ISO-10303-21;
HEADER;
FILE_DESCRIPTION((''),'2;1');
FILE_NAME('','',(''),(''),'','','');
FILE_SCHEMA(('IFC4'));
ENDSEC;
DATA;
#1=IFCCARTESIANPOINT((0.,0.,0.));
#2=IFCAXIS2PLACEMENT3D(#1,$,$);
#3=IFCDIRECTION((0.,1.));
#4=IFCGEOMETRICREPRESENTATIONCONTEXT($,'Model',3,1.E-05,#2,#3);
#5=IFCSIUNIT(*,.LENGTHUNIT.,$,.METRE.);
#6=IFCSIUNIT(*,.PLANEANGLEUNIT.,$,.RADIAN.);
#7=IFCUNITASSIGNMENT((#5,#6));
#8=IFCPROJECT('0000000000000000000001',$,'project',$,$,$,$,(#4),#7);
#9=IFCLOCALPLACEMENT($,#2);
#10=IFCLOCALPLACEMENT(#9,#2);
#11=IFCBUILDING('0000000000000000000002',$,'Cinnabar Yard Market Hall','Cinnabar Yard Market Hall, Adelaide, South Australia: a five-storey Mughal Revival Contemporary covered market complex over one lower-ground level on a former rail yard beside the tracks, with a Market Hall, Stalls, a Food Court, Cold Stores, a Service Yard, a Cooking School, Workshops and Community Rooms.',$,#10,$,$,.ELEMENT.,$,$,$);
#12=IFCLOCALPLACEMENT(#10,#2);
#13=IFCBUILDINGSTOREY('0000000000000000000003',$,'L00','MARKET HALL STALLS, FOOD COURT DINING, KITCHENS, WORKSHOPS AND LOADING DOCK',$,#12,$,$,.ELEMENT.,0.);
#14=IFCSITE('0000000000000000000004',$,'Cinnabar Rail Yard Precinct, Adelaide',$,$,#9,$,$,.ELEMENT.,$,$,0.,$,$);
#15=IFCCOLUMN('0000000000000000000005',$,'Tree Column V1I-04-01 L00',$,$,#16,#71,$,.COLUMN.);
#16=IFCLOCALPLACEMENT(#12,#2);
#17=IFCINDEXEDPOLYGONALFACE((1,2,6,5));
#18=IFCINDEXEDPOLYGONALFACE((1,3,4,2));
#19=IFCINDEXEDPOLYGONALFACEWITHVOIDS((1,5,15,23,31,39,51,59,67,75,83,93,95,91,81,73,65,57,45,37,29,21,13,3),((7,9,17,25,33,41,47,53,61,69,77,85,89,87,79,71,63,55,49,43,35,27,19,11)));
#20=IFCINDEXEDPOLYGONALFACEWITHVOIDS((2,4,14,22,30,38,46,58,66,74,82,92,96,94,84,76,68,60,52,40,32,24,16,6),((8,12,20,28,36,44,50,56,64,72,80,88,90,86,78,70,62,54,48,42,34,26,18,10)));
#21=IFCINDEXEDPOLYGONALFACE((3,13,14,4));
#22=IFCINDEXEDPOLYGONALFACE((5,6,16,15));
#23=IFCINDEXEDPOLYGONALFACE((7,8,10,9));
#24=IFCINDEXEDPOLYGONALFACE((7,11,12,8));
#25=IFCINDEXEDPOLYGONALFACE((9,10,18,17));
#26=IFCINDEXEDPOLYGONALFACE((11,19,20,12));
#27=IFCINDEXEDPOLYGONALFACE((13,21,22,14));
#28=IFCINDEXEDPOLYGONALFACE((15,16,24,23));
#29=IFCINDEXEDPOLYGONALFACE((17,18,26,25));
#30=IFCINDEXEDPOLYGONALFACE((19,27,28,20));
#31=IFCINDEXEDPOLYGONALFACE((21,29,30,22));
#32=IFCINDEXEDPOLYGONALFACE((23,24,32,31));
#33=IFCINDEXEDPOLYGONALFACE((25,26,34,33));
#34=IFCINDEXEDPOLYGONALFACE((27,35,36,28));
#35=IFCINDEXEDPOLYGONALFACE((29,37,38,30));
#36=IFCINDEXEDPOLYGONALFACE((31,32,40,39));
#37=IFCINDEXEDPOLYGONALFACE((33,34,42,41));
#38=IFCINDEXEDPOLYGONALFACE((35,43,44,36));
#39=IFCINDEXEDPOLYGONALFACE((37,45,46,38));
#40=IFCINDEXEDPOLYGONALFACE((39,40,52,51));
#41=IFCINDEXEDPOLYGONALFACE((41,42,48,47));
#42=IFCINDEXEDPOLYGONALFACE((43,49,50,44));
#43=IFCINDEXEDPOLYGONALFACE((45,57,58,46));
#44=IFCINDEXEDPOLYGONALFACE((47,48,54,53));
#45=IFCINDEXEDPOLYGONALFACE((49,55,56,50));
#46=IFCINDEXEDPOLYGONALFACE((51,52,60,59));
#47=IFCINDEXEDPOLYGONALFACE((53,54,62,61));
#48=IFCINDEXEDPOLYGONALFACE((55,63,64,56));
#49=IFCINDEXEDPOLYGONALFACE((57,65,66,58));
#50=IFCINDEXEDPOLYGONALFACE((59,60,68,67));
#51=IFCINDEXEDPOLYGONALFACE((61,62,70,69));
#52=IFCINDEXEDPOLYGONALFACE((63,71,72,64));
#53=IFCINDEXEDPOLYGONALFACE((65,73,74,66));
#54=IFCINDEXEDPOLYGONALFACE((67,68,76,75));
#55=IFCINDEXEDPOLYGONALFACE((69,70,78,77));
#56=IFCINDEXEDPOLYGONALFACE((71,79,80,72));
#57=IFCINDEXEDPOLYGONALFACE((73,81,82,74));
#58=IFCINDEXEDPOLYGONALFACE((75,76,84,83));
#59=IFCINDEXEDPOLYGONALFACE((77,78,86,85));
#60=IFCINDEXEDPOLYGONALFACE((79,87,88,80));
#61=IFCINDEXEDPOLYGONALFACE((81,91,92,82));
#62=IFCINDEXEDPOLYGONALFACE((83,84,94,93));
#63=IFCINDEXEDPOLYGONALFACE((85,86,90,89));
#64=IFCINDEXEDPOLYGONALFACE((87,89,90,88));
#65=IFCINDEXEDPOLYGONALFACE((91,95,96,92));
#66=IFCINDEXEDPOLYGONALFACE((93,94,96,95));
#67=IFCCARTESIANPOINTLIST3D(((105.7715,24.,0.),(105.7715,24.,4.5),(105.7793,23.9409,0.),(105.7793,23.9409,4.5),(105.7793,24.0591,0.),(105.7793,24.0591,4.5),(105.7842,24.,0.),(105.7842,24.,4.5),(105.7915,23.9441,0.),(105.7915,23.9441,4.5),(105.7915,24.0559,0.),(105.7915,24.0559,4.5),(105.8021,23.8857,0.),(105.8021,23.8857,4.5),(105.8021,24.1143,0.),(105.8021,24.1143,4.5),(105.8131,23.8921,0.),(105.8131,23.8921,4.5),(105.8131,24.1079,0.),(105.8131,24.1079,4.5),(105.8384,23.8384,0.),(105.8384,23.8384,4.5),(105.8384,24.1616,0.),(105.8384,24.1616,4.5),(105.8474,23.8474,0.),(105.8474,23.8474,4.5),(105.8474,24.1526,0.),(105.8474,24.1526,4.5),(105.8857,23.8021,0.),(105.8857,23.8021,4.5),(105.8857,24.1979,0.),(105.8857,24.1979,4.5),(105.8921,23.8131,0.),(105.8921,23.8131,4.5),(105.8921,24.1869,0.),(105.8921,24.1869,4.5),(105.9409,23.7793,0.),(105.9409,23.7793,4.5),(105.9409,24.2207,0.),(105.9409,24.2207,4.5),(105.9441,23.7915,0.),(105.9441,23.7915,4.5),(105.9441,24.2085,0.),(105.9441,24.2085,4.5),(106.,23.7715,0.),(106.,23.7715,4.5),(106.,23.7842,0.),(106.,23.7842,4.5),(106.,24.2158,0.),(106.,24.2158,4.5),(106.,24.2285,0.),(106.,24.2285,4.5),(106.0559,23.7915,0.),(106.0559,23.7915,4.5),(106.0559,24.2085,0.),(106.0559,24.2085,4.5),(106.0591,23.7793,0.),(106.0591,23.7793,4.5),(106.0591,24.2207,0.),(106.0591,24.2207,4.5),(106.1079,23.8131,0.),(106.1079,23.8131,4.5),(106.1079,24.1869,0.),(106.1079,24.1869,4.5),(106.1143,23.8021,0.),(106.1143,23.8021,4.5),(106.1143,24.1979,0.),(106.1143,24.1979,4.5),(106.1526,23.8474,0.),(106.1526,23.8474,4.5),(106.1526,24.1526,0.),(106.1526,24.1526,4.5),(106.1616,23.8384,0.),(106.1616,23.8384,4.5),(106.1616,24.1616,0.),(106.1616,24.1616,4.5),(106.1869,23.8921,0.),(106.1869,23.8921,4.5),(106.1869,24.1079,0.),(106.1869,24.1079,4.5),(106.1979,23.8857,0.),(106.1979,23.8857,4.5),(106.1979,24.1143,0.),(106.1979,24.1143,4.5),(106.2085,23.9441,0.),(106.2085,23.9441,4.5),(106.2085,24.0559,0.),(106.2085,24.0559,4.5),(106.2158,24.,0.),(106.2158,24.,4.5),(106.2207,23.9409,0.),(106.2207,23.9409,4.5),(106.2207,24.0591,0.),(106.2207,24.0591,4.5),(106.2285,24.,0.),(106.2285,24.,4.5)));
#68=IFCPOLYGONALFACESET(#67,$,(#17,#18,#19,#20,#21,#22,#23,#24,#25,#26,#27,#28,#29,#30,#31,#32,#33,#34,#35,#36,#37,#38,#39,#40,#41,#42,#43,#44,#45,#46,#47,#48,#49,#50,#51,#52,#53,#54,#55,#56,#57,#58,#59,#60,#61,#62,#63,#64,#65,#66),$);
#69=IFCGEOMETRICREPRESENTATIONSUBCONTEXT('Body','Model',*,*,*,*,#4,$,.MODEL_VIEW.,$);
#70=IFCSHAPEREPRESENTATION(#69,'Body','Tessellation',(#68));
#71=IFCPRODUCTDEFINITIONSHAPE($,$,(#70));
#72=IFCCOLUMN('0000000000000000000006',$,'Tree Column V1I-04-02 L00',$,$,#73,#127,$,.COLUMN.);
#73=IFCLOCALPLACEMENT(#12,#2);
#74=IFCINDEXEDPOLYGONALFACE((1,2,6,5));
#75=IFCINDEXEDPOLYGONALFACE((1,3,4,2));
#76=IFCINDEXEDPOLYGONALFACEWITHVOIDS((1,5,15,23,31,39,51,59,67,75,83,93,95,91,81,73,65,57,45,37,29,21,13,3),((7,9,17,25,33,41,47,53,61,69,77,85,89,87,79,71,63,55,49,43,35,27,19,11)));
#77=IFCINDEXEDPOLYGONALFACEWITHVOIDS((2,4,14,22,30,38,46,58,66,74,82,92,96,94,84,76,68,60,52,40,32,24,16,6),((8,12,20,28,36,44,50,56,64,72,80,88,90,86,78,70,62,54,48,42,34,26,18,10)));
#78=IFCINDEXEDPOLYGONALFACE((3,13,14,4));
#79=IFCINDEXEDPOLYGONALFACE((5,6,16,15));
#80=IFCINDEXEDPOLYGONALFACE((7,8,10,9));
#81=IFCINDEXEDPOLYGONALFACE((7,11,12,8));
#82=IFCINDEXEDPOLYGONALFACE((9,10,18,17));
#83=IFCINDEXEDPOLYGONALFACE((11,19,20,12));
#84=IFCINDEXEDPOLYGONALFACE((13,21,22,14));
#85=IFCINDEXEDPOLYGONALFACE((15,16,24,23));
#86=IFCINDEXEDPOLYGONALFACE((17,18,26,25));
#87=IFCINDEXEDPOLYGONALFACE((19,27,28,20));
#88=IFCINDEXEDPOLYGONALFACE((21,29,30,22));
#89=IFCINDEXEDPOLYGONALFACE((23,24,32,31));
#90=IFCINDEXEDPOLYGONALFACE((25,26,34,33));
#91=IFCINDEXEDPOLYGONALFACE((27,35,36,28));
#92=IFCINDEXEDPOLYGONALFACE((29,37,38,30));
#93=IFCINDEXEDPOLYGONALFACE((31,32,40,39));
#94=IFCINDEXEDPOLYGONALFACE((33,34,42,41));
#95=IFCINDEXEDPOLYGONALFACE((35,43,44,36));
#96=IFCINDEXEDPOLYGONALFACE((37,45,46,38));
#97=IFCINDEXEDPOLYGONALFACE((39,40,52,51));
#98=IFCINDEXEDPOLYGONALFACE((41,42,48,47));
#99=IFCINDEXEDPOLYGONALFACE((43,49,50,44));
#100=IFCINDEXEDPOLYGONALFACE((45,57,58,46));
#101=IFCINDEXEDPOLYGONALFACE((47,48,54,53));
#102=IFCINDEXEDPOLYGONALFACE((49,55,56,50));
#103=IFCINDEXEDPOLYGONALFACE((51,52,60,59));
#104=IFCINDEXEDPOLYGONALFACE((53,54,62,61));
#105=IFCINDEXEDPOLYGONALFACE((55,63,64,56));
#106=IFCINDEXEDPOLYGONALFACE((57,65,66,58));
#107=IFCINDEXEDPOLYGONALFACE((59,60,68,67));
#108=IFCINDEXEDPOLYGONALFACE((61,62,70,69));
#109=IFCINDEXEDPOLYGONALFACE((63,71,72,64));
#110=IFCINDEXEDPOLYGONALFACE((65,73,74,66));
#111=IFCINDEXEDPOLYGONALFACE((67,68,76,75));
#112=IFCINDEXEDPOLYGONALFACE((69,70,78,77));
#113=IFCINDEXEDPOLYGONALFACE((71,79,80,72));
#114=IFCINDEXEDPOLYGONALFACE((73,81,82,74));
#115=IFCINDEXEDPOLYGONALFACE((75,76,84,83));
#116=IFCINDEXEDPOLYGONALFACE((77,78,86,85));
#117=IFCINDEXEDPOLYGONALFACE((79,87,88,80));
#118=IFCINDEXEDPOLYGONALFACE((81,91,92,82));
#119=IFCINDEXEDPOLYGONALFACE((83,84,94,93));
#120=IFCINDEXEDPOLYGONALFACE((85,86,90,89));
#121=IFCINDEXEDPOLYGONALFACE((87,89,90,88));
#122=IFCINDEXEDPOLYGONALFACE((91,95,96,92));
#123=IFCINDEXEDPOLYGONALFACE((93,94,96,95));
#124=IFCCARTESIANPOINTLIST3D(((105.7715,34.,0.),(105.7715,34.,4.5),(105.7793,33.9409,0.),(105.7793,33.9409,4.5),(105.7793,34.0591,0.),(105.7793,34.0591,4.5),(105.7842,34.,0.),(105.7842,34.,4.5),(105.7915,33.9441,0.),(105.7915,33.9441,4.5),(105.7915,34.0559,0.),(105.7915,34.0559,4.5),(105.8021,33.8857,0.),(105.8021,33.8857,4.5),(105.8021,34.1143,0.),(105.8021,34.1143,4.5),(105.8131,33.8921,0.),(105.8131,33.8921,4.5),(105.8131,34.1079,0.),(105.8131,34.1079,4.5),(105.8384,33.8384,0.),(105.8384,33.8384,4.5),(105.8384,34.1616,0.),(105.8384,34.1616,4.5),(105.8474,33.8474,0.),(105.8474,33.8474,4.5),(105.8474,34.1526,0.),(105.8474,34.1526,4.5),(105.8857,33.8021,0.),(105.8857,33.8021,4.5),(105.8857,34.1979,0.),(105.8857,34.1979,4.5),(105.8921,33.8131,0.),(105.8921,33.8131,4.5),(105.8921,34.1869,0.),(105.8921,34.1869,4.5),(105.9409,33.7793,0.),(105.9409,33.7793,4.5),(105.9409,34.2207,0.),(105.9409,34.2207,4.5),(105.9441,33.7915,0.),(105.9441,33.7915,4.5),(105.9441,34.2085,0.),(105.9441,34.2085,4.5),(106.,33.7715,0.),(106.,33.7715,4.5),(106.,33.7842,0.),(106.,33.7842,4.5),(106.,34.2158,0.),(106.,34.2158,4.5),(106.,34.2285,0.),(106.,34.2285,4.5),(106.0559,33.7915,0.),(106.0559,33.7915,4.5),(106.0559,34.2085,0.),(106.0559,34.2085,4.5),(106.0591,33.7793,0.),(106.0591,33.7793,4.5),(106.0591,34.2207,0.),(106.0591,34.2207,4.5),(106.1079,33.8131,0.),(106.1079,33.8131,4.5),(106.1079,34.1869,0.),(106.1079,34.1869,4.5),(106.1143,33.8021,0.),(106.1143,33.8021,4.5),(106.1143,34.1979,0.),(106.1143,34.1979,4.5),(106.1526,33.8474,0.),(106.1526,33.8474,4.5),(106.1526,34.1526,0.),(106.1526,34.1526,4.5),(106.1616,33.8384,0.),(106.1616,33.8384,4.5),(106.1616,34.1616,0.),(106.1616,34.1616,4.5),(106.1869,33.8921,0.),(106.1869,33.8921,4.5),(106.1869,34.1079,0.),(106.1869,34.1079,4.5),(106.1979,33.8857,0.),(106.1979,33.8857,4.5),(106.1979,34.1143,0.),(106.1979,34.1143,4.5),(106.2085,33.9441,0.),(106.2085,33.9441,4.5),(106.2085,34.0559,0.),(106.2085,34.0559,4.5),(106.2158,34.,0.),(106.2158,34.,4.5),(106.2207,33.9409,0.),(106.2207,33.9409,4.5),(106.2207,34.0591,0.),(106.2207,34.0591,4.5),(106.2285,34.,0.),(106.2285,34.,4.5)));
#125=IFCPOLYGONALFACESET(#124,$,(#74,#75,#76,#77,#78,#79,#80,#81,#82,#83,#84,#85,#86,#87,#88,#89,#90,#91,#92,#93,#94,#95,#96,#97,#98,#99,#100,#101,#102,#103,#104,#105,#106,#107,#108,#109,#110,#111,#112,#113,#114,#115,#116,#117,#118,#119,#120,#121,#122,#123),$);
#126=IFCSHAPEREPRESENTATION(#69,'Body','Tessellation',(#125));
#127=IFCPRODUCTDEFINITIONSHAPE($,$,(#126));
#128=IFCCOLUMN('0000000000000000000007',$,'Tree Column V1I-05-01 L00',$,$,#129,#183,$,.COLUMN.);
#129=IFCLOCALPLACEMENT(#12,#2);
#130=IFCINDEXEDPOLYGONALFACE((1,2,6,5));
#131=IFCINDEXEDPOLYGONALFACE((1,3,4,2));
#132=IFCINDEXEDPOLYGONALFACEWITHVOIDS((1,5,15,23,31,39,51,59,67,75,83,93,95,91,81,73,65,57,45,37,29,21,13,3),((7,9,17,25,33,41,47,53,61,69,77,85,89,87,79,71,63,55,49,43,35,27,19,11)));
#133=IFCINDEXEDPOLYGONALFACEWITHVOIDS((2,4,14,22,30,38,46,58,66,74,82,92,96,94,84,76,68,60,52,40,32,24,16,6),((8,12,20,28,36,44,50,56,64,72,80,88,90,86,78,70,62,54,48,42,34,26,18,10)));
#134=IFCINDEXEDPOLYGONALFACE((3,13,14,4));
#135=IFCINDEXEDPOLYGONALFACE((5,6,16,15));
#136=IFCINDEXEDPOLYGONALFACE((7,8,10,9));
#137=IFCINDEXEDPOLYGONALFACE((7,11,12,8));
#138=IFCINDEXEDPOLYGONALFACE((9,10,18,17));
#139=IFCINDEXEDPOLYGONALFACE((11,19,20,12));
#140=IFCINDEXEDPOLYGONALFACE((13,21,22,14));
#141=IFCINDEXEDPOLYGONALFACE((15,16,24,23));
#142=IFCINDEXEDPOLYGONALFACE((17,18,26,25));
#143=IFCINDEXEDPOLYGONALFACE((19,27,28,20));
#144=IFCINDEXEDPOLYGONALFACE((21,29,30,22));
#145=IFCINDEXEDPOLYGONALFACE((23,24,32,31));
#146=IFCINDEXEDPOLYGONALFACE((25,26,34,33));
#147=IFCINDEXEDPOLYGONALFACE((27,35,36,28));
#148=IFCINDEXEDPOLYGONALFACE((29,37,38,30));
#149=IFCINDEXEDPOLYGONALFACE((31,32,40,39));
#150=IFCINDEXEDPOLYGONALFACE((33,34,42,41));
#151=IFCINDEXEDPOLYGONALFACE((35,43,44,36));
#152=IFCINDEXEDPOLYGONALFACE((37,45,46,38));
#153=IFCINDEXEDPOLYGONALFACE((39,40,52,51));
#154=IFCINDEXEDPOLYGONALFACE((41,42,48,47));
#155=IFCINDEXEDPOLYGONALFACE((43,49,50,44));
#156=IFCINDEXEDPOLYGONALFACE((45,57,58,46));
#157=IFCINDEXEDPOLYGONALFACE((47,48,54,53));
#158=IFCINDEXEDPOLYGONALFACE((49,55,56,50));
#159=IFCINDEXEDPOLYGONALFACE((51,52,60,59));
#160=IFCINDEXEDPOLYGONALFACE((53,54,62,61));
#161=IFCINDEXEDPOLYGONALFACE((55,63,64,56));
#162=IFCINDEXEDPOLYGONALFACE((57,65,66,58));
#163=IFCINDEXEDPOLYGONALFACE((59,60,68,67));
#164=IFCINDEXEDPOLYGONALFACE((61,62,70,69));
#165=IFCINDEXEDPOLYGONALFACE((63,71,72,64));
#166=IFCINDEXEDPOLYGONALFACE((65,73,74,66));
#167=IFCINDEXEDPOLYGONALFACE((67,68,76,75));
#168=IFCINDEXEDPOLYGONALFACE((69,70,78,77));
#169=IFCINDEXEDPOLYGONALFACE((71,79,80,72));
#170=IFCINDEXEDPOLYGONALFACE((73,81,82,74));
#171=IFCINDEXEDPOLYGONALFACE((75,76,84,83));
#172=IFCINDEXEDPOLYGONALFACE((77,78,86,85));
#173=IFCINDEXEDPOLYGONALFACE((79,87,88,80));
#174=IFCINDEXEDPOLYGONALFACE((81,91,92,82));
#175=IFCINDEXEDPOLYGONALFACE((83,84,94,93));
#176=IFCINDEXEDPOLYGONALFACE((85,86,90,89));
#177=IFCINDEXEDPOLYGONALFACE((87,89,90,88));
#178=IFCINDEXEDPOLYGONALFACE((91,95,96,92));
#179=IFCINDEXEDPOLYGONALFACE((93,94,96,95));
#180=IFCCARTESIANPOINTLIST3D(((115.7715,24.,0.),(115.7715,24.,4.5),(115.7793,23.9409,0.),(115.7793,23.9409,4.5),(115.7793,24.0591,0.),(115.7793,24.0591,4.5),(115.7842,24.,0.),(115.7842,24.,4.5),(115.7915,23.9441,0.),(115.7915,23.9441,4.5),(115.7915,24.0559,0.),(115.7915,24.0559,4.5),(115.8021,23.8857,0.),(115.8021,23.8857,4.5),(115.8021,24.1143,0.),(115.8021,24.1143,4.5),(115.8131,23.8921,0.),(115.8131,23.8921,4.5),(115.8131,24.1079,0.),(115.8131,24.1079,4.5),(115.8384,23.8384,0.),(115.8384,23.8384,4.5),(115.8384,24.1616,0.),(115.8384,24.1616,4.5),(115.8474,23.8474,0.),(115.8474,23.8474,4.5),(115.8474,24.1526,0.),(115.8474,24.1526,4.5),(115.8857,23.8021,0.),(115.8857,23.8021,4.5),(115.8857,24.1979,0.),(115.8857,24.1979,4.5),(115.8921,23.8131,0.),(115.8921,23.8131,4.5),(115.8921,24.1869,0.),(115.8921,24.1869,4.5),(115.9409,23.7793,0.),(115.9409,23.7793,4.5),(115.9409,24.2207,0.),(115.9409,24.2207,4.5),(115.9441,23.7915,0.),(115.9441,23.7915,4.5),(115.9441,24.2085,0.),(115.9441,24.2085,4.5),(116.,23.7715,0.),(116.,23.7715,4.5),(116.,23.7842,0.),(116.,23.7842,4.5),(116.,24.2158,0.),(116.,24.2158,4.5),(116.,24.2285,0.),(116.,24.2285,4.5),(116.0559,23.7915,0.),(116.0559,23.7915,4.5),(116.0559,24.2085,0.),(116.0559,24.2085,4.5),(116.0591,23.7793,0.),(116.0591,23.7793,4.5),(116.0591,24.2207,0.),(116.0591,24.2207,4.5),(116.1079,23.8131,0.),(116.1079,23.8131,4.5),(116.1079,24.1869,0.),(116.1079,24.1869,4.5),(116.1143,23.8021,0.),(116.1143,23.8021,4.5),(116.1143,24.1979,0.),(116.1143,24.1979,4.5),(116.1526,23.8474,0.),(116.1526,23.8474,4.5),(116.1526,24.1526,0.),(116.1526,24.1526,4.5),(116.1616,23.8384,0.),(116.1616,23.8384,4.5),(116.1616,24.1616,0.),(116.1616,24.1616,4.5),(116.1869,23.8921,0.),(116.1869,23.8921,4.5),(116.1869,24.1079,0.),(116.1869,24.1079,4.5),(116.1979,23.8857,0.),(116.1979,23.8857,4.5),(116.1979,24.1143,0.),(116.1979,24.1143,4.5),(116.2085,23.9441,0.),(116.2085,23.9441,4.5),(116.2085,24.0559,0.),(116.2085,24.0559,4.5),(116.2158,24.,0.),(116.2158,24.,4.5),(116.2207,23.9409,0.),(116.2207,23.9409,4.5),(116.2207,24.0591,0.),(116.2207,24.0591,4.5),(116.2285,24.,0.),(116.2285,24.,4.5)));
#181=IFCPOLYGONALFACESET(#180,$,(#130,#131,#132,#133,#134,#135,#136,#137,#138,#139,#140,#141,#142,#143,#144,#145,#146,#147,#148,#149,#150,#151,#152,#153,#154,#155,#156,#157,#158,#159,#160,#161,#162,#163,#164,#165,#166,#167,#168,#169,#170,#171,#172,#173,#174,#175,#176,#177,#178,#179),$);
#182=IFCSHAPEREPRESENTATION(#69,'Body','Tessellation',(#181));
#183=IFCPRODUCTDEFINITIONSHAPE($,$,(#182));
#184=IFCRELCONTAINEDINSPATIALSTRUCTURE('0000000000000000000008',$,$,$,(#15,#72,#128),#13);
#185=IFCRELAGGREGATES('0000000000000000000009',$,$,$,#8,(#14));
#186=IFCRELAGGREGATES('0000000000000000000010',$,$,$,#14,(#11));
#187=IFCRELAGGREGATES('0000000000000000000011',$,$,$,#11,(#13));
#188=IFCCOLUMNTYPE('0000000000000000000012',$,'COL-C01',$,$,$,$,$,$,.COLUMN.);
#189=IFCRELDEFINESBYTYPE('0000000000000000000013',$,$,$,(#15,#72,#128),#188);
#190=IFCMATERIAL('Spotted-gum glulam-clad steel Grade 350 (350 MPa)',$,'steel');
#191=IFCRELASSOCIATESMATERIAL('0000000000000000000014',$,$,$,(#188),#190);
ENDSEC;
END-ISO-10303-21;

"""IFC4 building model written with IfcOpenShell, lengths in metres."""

from ifc_helpers import new_model, si_unit, direction, frame, origin, origin_2d_with_axis, place, context, subcontext, project, spatial, hollow_circle, extrude, material, material_profile, profile_set, type_object, element, save


model = new_model("IFC4")

# Units and contexts
model_context = context("Model", 3, precision=1e-05, world=origin(), true_north=direction((0.0, 1.0)))
body_context = subcontext(model_context, "Body", "Model", "MODEL_VIEW")
ifc_project = project(units=[si_unit("LENGTHUNIT", "METRE"), si_unit("PLANEANGLEUNIT", "RADIAN")], contexts=[model_context])

# Site, building, storey
site_placement = place(None, origin())
site = spatial("IfcSite", under=ifc_project, at=site_placement, Name="Cinnabar Rail Yard Precinct, Adelaide", CompositionType="ELEMENT", RefElevation=0.0)
building_placement = place(site_placement, origin())
building = spatial("IfcBuilding", under=site, at=building_placement, Name="Cinnabar Yard Market Hall", Description="Cinnabar Yard Market Hall, Adelaide, South Australia: a five-storey Mughal Revival Contemporary covered market complex over one lower-ground level on a former rail yard beside the tracks, with a Market Hall, Stalls, a Food Court, Cold Stores, a Service Yard, a Cooking School, Workshops and Community Rooms.", CompositionType="ELEMENT")
storey_placement = place(building_placement, origin())
storey = spatial("IfcBuildingStorey", under=building, at=storey_placement, Name="L00", Description="MARKET HALL STALLS, FOOD COURT DINING, KITCHENS, WORKSHOPS AND LOADING DOCK", CompositionType="ELEMENT", Elevation=0.0)

# Columns
ifc_material_1 = material(Name="Spotted-gum glulam-clad steel Grade 350 (350 MPa)", Category="steel")
ifc_material_profile_1 = material_profile(ifc_material_1, hollow_circle(Radius=0.2285, WallThickness=0.0127, at=origin_2d_with_axis()), Name="457.0x12.7CHS")
ifc_profile_set_1 = profile_set([ifc_material_profile_1], Name="Spotted-gum glulam-clad steel Grade 350 (350 MPa)")
column_type = type_object("IfcColumnType", Name="COL-C01", PredefinedType="COLUMN", material=ifc_profile_set_1)
for number, where, z_axis, x_axis, name in (
    (1, (106.0, 24.0, 0.0), (0.0, 0.0, 1.0), (1.0, 0.0, 0.0), "Tree Column V1I-04-01 L00"),
    (2, (106.0, 34.0, 0.0), (0.0, 0.0, 1.0), (1.0, 0.0, 0.0), "Tree Column V1I-04-02 L00"),
    (3, (116.0, 24.0, 0.0), (0.0, 0.0, 1.0), (1.0, 0.0, 0.0), "Tree Column V1I-05-01 L00"),
):
    element("IfcColumn", number, at=place(storey_placement, frame(where, z_axis=z_axis, x_axis=x_axis)), inside=storey, type_object=column_type, Name=name, PredefinedType="COLUMN", context=body_context, shape_type="SweptSolid", body=[
        extrude(hollow_circle(Radius=0.2285, WallThickness=0.0127, at=origin_2d_with_axis()), origin(), (0.0, 0.0, 1.0), 4.5),
    ])

save(model, "model.ifc")
